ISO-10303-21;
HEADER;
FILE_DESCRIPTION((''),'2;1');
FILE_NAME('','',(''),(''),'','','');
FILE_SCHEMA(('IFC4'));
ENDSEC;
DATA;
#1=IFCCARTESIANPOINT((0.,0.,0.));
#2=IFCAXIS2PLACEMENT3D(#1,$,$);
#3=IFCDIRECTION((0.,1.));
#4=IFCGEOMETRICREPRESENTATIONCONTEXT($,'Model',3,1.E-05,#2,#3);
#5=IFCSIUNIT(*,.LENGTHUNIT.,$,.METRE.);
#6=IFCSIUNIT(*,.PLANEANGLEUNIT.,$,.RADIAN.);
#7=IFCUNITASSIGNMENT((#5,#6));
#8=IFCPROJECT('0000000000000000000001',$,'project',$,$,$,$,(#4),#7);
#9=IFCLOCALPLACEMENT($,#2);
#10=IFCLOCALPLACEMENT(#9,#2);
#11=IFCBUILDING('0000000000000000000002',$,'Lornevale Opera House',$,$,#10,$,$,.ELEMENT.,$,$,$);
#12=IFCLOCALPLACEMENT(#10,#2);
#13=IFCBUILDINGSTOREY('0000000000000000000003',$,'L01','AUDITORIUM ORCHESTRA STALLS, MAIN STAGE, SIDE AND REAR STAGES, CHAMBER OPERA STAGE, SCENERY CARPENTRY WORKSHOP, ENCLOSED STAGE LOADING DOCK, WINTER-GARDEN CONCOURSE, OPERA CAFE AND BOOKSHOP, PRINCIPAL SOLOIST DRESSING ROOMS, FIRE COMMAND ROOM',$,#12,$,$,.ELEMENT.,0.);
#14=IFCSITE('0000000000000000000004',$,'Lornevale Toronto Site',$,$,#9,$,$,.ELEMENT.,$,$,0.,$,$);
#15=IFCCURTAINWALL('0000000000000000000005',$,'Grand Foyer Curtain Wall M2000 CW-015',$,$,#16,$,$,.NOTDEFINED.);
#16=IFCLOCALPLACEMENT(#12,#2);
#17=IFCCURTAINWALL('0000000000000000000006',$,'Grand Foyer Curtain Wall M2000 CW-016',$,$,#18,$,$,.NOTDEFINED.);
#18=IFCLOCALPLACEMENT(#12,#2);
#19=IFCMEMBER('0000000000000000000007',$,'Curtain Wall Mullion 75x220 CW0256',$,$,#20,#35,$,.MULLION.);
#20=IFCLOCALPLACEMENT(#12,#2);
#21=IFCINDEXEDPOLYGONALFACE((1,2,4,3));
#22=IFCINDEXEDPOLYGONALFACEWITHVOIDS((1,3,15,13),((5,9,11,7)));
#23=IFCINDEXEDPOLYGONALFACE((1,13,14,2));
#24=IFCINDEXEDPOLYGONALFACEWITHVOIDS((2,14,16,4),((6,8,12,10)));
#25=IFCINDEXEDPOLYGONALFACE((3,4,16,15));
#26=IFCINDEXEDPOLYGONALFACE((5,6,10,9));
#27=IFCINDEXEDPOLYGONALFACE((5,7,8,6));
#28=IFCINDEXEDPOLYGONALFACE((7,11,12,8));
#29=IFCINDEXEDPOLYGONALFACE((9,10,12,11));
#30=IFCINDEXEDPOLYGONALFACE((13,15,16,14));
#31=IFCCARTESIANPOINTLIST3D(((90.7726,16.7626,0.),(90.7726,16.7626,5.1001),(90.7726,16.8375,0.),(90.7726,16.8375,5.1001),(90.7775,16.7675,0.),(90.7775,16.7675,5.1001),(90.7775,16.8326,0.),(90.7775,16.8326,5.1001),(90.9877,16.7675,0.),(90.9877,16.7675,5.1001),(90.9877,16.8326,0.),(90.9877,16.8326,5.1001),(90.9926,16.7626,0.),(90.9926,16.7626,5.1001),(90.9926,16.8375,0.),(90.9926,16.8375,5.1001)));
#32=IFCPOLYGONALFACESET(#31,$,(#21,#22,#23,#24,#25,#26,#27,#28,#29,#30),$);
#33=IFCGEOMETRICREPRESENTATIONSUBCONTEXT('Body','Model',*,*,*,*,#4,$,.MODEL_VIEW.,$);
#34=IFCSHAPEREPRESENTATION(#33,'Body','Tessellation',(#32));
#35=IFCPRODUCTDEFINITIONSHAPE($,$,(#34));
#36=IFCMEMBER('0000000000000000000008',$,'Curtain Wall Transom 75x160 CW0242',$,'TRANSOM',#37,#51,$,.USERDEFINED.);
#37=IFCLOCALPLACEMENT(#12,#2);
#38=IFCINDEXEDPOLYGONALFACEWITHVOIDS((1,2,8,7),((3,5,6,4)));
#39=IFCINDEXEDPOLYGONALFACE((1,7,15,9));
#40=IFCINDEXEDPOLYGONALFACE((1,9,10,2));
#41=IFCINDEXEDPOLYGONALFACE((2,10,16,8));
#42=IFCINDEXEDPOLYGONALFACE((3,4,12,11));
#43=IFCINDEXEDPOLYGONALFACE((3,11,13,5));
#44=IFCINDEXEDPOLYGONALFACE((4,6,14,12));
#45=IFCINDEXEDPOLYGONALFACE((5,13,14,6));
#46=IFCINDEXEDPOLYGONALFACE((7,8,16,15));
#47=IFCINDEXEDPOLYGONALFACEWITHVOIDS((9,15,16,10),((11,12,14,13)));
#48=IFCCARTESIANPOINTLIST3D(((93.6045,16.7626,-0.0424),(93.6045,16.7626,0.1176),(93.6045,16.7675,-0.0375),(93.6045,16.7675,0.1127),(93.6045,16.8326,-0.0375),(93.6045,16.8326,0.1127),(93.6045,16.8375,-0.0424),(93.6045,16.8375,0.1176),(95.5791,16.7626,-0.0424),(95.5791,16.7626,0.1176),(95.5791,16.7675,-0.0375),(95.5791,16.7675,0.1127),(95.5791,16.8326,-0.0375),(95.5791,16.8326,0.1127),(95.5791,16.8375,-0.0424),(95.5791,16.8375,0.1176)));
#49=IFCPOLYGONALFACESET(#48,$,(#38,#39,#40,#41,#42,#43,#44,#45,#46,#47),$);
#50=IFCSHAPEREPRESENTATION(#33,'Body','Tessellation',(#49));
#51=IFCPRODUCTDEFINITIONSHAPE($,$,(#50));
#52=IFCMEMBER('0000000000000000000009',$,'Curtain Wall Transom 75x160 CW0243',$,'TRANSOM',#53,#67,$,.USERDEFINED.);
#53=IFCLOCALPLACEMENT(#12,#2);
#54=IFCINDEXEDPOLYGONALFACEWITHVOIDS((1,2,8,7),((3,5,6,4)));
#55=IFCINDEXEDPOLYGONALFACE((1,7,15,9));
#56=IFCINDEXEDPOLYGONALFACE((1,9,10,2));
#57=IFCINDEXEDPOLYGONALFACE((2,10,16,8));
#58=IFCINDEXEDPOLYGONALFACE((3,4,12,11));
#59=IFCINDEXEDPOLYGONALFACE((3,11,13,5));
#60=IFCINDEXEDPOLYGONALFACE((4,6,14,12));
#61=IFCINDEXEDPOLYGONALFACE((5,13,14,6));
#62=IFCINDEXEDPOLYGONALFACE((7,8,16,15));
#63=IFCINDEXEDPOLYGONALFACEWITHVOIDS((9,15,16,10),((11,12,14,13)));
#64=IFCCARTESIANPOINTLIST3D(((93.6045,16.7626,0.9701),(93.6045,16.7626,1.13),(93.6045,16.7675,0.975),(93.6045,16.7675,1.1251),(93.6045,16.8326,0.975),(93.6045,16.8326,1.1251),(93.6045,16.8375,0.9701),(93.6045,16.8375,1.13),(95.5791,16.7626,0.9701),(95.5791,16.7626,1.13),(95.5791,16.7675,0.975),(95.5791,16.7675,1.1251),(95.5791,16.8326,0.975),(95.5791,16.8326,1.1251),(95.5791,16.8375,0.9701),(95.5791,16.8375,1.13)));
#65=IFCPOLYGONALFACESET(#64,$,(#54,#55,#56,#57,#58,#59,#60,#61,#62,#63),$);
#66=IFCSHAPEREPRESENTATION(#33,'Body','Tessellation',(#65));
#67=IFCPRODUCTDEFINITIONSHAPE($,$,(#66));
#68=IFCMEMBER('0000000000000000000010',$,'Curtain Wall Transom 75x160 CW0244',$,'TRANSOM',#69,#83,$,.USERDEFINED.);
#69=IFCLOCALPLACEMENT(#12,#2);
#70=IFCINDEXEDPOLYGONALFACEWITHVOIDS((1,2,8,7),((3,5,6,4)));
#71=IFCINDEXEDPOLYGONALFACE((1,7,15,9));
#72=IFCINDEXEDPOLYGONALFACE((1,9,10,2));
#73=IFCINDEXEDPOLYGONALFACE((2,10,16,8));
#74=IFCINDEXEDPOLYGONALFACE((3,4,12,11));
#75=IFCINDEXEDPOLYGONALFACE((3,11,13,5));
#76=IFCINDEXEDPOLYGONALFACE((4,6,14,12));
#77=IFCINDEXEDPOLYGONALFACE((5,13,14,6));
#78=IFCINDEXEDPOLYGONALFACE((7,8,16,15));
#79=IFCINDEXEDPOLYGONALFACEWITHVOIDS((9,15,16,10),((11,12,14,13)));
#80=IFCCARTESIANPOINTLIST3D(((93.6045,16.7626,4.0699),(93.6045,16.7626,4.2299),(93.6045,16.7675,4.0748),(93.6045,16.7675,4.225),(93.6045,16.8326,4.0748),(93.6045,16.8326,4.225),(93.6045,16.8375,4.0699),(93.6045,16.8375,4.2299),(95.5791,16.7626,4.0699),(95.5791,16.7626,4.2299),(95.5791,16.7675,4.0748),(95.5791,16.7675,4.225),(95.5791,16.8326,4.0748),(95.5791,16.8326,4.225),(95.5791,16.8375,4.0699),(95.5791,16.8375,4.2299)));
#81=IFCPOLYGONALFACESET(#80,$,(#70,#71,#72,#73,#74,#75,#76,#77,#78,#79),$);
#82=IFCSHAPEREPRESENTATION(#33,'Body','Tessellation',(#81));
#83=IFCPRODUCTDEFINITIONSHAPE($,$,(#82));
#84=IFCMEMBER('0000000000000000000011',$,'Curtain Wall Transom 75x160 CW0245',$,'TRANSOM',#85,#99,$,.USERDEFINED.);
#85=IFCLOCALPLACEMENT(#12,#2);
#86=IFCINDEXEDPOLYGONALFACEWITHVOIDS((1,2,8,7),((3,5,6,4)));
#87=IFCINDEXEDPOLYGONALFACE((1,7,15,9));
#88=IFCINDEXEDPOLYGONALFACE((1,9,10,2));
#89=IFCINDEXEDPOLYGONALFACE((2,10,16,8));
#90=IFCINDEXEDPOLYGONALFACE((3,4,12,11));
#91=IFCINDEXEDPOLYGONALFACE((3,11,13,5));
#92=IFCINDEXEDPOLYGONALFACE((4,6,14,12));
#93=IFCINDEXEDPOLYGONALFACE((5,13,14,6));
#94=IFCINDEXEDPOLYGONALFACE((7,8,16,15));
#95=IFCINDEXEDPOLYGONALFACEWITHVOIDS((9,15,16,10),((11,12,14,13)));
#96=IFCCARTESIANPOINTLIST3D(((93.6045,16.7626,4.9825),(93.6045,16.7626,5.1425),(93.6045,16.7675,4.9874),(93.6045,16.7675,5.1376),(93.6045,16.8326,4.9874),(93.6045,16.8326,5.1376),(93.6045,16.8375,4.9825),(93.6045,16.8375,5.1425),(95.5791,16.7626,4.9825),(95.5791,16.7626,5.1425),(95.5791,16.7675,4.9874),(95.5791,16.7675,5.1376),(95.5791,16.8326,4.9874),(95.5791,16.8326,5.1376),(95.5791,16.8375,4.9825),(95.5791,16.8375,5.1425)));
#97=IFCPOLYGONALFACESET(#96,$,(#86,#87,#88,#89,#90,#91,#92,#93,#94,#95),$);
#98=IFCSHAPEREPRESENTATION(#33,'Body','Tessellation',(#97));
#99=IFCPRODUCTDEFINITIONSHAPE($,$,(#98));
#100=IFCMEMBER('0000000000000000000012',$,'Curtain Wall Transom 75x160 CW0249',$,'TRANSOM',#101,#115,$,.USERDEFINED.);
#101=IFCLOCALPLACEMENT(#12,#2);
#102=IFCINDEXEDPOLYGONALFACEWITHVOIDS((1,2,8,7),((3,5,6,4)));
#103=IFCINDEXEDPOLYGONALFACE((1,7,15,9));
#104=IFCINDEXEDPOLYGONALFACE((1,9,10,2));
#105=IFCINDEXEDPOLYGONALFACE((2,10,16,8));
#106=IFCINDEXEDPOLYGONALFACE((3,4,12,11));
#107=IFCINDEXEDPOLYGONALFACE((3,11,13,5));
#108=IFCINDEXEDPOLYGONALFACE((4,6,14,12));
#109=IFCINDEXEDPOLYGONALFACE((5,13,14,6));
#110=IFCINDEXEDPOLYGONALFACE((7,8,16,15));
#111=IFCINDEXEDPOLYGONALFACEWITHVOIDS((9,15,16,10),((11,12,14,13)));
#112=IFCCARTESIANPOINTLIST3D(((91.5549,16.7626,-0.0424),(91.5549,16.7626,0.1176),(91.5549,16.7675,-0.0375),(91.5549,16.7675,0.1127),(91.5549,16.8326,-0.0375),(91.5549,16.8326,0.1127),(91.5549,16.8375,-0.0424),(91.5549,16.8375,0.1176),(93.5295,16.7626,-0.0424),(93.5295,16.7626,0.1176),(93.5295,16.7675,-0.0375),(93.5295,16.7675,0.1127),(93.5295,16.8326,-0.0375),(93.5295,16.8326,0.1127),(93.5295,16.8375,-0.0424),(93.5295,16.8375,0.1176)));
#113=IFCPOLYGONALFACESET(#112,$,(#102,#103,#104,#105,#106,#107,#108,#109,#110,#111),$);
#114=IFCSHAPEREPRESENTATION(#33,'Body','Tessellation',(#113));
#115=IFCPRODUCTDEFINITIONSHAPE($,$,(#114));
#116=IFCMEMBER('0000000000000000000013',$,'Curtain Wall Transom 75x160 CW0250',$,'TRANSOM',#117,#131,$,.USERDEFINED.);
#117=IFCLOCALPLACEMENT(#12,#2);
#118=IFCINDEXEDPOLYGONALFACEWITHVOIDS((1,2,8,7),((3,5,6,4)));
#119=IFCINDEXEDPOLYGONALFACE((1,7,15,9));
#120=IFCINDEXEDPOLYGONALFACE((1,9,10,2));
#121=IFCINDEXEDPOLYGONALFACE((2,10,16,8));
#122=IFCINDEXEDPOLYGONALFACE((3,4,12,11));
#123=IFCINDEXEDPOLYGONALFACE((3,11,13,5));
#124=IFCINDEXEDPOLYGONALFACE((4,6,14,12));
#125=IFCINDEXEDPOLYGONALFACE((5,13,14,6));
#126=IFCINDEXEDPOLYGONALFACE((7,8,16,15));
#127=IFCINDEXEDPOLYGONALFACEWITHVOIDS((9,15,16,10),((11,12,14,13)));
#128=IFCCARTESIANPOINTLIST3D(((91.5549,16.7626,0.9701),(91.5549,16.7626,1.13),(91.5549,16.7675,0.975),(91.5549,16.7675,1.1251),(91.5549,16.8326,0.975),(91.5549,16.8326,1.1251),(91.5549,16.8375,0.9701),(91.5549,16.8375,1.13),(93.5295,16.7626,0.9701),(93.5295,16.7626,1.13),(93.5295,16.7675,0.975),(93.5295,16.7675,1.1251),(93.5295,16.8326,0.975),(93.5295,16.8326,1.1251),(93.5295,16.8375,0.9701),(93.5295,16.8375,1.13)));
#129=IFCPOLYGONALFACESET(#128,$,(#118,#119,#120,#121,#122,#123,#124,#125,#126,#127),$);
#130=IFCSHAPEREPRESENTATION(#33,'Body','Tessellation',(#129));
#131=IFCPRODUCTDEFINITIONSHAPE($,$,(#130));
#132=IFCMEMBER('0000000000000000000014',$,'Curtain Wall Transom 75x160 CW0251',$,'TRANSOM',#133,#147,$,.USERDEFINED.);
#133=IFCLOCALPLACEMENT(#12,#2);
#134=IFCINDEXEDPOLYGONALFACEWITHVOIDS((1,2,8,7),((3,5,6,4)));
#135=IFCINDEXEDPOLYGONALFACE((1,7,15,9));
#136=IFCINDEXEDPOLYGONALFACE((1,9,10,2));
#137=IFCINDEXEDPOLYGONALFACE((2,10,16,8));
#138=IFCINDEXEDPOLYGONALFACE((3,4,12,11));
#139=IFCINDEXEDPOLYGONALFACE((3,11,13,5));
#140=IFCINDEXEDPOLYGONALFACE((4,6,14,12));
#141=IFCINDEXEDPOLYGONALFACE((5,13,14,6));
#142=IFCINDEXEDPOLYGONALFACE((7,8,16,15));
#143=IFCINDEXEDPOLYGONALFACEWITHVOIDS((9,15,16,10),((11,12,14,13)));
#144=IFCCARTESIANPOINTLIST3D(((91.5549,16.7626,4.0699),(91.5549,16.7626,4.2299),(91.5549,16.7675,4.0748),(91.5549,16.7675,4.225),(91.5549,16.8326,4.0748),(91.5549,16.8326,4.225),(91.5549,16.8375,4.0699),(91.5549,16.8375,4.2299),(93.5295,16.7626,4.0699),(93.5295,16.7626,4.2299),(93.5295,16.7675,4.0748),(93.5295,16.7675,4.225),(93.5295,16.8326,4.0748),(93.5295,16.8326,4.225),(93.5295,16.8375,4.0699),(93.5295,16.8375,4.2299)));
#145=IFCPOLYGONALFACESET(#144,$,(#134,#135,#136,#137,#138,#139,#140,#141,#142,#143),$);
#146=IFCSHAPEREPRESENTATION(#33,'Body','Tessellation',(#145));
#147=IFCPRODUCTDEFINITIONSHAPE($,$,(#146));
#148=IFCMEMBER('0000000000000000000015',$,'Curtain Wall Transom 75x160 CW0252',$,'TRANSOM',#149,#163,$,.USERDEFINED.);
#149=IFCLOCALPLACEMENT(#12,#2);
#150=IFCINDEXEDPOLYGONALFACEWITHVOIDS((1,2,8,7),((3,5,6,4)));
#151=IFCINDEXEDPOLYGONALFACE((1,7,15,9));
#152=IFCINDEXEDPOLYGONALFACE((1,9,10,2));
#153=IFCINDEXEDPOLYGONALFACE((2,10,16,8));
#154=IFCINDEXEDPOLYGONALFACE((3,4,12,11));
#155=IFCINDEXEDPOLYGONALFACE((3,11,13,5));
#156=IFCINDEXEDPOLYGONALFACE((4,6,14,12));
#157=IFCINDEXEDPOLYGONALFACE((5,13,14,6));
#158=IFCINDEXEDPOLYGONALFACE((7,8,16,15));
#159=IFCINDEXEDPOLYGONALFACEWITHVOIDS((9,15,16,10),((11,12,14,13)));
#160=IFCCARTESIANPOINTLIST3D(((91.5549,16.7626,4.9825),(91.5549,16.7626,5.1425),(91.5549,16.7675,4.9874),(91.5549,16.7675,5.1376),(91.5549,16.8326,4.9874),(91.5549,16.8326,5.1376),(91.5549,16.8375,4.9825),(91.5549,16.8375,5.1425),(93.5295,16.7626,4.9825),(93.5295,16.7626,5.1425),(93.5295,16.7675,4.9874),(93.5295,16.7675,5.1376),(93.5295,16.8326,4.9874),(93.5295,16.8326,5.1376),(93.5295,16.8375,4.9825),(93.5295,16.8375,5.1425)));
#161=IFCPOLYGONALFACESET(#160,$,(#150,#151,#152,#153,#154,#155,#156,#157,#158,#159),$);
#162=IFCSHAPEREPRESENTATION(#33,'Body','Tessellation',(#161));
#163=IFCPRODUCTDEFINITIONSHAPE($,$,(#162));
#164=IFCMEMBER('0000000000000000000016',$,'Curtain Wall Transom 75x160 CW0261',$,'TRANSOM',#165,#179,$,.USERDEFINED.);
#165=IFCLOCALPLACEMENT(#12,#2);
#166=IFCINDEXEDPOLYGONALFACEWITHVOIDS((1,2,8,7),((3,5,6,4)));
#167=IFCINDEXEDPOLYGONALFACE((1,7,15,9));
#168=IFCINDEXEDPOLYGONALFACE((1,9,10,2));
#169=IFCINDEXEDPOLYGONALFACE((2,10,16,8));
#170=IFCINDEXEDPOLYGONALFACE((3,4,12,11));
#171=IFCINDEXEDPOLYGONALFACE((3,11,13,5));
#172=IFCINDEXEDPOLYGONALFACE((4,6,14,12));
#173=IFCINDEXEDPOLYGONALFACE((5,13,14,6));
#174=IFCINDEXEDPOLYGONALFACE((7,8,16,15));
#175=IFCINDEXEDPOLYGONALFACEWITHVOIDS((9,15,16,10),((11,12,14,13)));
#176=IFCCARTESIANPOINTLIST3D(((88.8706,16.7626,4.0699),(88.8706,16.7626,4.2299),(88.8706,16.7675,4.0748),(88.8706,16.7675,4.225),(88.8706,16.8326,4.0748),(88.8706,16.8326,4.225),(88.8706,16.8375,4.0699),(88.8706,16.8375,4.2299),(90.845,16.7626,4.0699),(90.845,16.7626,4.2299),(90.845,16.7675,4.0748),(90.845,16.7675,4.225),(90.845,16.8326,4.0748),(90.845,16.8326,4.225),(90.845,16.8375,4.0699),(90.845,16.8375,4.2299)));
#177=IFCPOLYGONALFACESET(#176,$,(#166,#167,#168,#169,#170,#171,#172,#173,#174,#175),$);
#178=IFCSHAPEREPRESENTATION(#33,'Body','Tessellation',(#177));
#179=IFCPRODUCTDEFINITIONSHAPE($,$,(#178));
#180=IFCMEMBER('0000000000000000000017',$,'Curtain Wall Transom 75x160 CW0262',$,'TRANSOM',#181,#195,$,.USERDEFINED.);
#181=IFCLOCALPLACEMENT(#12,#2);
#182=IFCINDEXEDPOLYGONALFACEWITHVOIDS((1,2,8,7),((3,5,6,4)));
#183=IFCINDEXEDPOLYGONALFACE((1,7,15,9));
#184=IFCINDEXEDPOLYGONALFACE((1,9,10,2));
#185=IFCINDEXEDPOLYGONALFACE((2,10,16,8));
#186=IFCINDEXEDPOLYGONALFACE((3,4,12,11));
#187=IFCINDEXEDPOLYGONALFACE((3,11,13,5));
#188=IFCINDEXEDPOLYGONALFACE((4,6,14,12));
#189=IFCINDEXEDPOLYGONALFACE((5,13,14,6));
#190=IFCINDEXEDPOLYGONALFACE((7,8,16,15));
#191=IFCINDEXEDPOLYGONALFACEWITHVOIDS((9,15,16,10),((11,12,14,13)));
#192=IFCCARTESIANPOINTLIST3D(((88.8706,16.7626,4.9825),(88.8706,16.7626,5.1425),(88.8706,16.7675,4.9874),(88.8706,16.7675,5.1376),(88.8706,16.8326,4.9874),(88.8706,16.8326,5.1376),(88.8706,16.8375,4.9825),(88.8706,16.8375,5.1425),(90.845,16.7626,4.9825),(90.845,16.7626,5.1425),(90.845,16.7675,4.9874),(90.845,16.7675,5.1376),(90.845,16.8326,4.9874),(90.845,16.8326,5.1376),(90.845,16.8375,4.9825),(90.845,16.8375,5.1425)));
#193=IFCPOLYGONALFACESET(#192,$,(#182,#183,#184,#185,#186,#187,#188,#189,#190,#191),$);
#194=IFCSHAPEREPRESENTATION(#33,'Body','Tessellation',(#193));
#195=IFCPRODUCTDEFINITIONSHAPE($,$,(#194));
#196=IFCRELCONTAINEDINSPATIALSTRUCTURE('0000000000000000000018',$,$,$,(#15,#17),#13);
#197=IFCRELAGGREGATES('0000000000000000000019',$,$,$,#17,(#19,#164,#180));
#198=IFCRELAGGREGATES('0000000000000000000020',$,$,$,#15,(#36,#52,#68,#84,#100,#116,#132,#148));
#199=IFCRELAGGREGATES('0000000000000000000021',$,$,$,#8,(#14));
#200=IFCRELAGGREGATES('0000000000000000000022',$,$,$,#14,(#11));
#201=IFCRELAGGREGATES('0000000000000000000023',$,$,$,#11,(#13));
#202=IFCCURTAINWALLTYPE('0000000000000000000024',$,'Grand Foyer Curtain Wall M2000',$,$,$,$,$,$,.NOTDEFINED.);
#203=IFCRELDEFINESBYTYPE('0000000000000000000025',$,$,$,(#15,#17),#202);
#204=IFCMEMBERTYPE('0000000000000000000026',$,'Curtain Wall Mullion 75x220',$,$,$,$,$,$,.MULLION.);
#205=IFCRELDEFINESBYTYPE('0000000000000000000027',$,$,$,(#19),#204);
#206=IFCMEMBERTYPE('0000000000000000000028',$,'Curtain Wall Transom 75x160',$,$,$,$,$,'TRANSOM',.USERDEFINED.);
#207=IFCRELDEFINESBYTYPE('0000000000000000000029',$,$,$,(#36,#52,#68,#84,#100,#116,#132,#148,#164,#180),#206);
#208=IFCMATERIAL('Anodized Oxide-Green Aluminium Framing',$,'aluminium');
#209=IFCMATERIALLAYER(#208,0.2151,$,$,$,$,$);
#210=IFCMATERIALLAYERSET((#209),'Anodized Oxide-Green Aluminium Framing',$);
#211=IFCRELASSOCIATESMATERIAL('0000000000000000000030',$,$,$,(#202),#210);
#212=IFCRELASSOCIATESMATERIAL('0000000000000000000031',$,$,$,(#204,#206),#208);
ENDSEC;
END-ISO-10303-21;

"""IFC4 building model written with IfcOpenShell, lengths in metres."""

from ifc_helpers import new_model, si_unit, direction, frame, origin, origin_2d, place, context, subcontext, project, spatial, hollow_rectangle, extrude, material, layer, layer_set, material_profile, profile_set, type_object, element, aggregate, save


model = new_model("IFC4")

# Units and contexts
model_context = context("Model", 3, precision=1e-05, world=origin(), true_north=direction((0.0, 1.0)))
body_context = subcontext(model_context, "Body", "Model", "MODEL_VIEW")
ifc_project = project(units=[si_unit("LENGTHUNIT", "METRE"), si_unit("PLANEANGLEUNIT", "RADIAN")], contexts=[model_context])

# Site, building, storey
site_placement = place(None, origin())
site = spatial("IfcSite", under=ifc_project, at=site_placement, Name="Lornevale Toronto Site", CompositionType="ELEMENT", RefElevation=0.0)
building_placement = place(site_placement, origin())
building = spatial("IfcBuilding", under=site, at=building_placement, Name="Lornevale Opera House", CompositionType="ELEMENT")
storey_placement = place(building_placement, origin())
storey = spatial("IfcBuildingStorey", under=building, at=storey_placement, Name="L01", Description="AUDITORIUM ORCHESTRA STALLS, MAIN STAGE, SIDE AND REAR STAGES, CHAMBER OPERA STAGE, SCENERY CARPENTRY WORKSHOP, ENCLOSED STAGE LOADING DOCK, WINTER-GARDEN CONCOURSE, OPERA CAFE AND BOOKSHOP, PRINCIPAL SOLOIST DRESSING ROOMS, FIRE COMMAND ROOM", CompositionType="ELEMENT", Elevation=0.0)

# Curtain wall
ifc_material_1 = material(Name="Anodized Oxide-Green Aluminium Framing", Category="aluminium")
ifc_layer_1 = layer(ifc_material_1, 0.2151)
ifc_layer_set_1 = layer_set([ifc_layer_1], Name="Anodized Oxide-Green Aluminium Framing")
curtain_wall_type = type_object("IfcCurtainWallType", Name="Grand Foyer Curtain Wall M2000", PredefinedType="NOTDEFINED", material=ifc_layer_set_1)
curtain_wall_1_placement = place(storey_placement, origin())
curtain_wall_1 = element("IfcCurtainWall", 1, at=curtain_wall_1_placement, inside=storey, type_object=curtain_wall_type, Name="Grand Foyer Curtain Wall M2000 CW-015", PredefinedType="NOTDEFINED")
ifc_material_profile_1 = material_profile(ifc_material_1, hollow_rectangle(XDim=0.075, YDim=0.22, WallThickness=0.0049, at=origin_2d()), Name="ALU75x220x5")
ifc_profile_set_1 = profile_set([ifc_material_profile_1], Name="Anodized Oxide-Green Aluminium Framing")
member_type_1 = type_object("IfcMemberType", Name="Curtain Wall Mullion 75x220", PredefinedType="MULLION", material=ifc_profile_set_1)

# Curtain wall, member
curtain_wall_2_placement = place(storey_placement, origin())
curtain_wall_2 = element("IfcCurtainWall", 2, at=curtain_wall_2_placement, inside=storey, type_object=curtain_wall_type, Name="Grand Foyer Curtain Wall M2000 CW-016", PredefinedType="NOTDEFINED")
member_1_placement = place(storey_placement, frame((90.8826, 16.8, 0.0), z_axis=(0.0, 0.0, 1.0), x_axis=(0.0, -1.0, 0.0)))
member_1 = element("IfcMember", 3, at=member_1_placement, type_object=member_type_1, Name="Curtain Wall Mullion 75x220 CW0256", PredefinedType="MULLION", context=body_context, shape_type="SweptSolid", body=[
    extrude(hollow_rectangle(XDim=0.075, YDim=0.22, WallThickness=0.0049, at=origin_2d()), origin(), (0.0, 0.0, 1.0), 5.1001),
])

# Members
ifc_material_profile_2 = material_profile(ifc_material_1, hollow_rectangle(XDim=0.075, YDim=0.1599, WallThickness=0.0049, at=origin_2d()), Name="ALU75x160x5")
ifc_profile_set_2 = profile_set([ifc_material_profile_2], Name="Anodized Oxide-Green Aluminium Framing")
member_type_2 = type_object("IfcMemberType", Name="Curtain Wall Transom 75x160", ElementType="TRANSOM", PredefinedType="USERDEFINED", material=ifc_profile_set_2)
member_2_placement = place(storey_placement, frame((95.5791, 16.8, 0.0376), z_axis=(-1.0, 0.0, 0.0), x_axis=(0.0, -1.0, 0.0)))
member_2 = element("IfcMember", 4, at=member_2_placement, type_object=member_type_2, Name="Curtain Wall Transom 75x160 CW0242", ObjectType="TRANSOM", PredefinedType="USERDEFINED", context=body_context, shape_type="SweptSolid", body=[
    extrude(hollow_rectangle(XDim=0.075, YDim=0.1599, WallThickness=0.0049, at=origin_2d()), origin(), (0.0, 0.0, 1.0), 1.9746),
])
member_3_placement = place(storey_placement, frame((95.5791, 16.8, 1.05), z_axis=(-1.0, 0.0, 0.0), x_axis=(0.0, -1.0, 0.0)))
member_3 = element("IfcMember", 5, at=member_3_placement, type_object=member_type_2, Name="Curtain Wall Transom 75x160 CW0243", ObjectType="TRANSOM", PredefinedType="USERDEFINED", context=body_context, shape_type="SweptSolid", body=[
    extrude(hollow_rectangle(XDim=0.075, YDim=0.1599, WallThickness=0.0049, at=origin_2d()), origin(), (0.0, 0.0, 1.0), 1.9746),
])
member_4_placement = place(storey_placement, frame((95.5791, 16.8, 4.1499), z_axis=(-1.0, 0.0, 0.0), x_axis=(0.0, -1.0, 0.0)))
member_4 = element("IfcMember", 6, at=member_4_placement, type_object=member_type_2, Name="Curtain Wall Transom 75x160 CW0244", ObjectType="TRANSOM", PredefinedType="USERDEFINED", context=body_context, shape_type="SweptSolid", body=[
    extrude(hollow_rectangle(XDim=0.075, YDim=0.1599, WallThickness=0.0049, at=origin_2d()), origin(), (0.0, 0.0, 1.0), 1.9746),
])
member_5_placement = place(storey_placement, frame((95.5791, 16.8, 5.0625), z_axis=(-1.0, 0.0, 0.0), x_axis=(0.0, -1.0, 0.0)))
member_5 = element("IfcMember", 7, at=member_5_placement, type_object=member_type_2, Name="Curtain Wall Transom 75x160 CW0245", ObjectType="TRANSOM", PredefinedType="USERDEFINED", context=body_context, shape_type="SweptSolid", body=[
    extrude(hollow_rectangle(XDim=0.075, YDim=0.1599, WallThickness=0.0049, at=origin_2d()), origin(), (0.0, 0.0, 1.0), 1.9746),
])
member_6_placement = place(storey_placement, frame((93.5295, 16.8, 0.0376), z_axis=(-1.0, 0.0, 0.0), x_axis=(0.0, -1.0, 0.0)))
member_6 = element("IfcMember", 8, at=member_6_placement, type_object=member_type_2, Name="Curtain Wall Transom 75x160 CW0249", ObjectType="TRANSOM", PredefinedType="USERDEFINED", context=body_context, shape_type="SweptSolid", body=[
    extrude(hollow_rectangle(XDim=0.075, YDim=0.1599, WallThickness=0.0049, at=origin_2d()), origin(), (0.0, 0.0, 1.0), 1.9746),
])
member_7_placement = place(storey_placement, frame((93.5295, 16.8, 1.05), z_axis=(-1.0, 0.0, 0.0), x_axis=(0.0, -1.0, 0.0)))
member_7 = element("IfcMember", 9, at=member_7_placement, type_object=member_type_2, Name="Curtain Wall Transom 75x160 CW0250", ObjectType="TRANSOM", PredefinedType="USERDEFINED", context=body_context, shape_type="SweptSolid", body=[
    extrude(hollow_rectangle(XDim=0.075, YDim=0.1599, WallThickness=0.0049, at=origin_2d()), origin(), (0.0, 0.0, 1.0), 1.9746),
])
member_8_placement = place(storey_placement, frame((93.5295, 16.8, 4.1499), z_axis=(-1.0, 0.0, 0.0), x_axis=(0.0, -1.0, 0.0)))
member_8 = element("IfcMember", 10, at=member_8_placement, type_object=member_type_2, Name="Curtain Wall Transom 75x160 CW0251", ObjectType="TRANSOM", PredefinedType="USERDEFINED", context=body_context, shape_type="SweptSolid", body=[
    extrude(hollow_rectangle(XDim=0.075, YDim=0.1599, WallThickness=0.0049, at=origin_2d()), origin(), (0.0, 0.0, 1.0), 1.9746),
])
member_9_placement = place(storey_placement, frame((93.5295, 16.8, 5.0625), z_axis=(-1.0, 0.0, 0.0), x_axis=(0.0, -1.0, 0.0)))
member_9 = element("IfcMember", 11, at=member_9_placement, type_object=member_type_2, Name="Curtain Wall Transom 75x160 CW0252", ObjectType="TRANSOM", PredefinedType="USERDEFINED", context=body_context, shape_type="SweptSolid", body=[
    extrude(hollow_rectangle(XDim=0.075, YDim=0.1599, WallThickness=0.0049, at=origin_2d()), origin(), (0.0, 0.0, 1.0), 1.9746),
])
member_10_placement = place(storey_placement, frame((90.845, 16.8, 4.1499), z_axis=(-1.0, 0.0, 0.0), x_axis=(0.0, -1.0, 0.0)))
member_10 = element("IfcMember", 12, at=member_10_placement, type_object=member_type_2, Name="Curtain Wall Transom 75x160 CW0261", ObjectType="TRANSOM", PredefinedType="USERDEFINED", context=body_context, shape_type="SweptSolid", body=[
    extrude(hollow_rectangle(XDim=0.075, YDim=0.1599, WallThickness=0.0049, at=origin_2d()), origin(), (0.0, 0.0, 1.0), 1.9744),
])
member_11_placement = place(storey_placement, frame((90.845, 16.8, 5.0625), z_axis=(-1.0, 0.0, 0.0), x_axis=(0.0, -1.0, 0.0)))
member_11 = element("IfcMember", 13, at=member_11_placement, type_object=member_type_2, Name="Curtain Wall Transom 75x160 CW0262", ObjectType="TRANSOM", PredefinedType="USERDEFINED", context=body_context, shape_type="SweptSolid", body=[
    extrude(hollow_rectangle(XDim=0.075, YDim=0.1599, WallThickness=0.0049, at=origin_2d()), origin(), (0.0, 0.0, 1.0), 1.9744),
])
aggregate(curtain_wall_2, [member_1, member_10, member_11])

aggregate(curtain_wall_1, [member_2, member_3, member_4, member_5, member_6, member_7, member_8, member_9])

save(model, "model.ifc")
